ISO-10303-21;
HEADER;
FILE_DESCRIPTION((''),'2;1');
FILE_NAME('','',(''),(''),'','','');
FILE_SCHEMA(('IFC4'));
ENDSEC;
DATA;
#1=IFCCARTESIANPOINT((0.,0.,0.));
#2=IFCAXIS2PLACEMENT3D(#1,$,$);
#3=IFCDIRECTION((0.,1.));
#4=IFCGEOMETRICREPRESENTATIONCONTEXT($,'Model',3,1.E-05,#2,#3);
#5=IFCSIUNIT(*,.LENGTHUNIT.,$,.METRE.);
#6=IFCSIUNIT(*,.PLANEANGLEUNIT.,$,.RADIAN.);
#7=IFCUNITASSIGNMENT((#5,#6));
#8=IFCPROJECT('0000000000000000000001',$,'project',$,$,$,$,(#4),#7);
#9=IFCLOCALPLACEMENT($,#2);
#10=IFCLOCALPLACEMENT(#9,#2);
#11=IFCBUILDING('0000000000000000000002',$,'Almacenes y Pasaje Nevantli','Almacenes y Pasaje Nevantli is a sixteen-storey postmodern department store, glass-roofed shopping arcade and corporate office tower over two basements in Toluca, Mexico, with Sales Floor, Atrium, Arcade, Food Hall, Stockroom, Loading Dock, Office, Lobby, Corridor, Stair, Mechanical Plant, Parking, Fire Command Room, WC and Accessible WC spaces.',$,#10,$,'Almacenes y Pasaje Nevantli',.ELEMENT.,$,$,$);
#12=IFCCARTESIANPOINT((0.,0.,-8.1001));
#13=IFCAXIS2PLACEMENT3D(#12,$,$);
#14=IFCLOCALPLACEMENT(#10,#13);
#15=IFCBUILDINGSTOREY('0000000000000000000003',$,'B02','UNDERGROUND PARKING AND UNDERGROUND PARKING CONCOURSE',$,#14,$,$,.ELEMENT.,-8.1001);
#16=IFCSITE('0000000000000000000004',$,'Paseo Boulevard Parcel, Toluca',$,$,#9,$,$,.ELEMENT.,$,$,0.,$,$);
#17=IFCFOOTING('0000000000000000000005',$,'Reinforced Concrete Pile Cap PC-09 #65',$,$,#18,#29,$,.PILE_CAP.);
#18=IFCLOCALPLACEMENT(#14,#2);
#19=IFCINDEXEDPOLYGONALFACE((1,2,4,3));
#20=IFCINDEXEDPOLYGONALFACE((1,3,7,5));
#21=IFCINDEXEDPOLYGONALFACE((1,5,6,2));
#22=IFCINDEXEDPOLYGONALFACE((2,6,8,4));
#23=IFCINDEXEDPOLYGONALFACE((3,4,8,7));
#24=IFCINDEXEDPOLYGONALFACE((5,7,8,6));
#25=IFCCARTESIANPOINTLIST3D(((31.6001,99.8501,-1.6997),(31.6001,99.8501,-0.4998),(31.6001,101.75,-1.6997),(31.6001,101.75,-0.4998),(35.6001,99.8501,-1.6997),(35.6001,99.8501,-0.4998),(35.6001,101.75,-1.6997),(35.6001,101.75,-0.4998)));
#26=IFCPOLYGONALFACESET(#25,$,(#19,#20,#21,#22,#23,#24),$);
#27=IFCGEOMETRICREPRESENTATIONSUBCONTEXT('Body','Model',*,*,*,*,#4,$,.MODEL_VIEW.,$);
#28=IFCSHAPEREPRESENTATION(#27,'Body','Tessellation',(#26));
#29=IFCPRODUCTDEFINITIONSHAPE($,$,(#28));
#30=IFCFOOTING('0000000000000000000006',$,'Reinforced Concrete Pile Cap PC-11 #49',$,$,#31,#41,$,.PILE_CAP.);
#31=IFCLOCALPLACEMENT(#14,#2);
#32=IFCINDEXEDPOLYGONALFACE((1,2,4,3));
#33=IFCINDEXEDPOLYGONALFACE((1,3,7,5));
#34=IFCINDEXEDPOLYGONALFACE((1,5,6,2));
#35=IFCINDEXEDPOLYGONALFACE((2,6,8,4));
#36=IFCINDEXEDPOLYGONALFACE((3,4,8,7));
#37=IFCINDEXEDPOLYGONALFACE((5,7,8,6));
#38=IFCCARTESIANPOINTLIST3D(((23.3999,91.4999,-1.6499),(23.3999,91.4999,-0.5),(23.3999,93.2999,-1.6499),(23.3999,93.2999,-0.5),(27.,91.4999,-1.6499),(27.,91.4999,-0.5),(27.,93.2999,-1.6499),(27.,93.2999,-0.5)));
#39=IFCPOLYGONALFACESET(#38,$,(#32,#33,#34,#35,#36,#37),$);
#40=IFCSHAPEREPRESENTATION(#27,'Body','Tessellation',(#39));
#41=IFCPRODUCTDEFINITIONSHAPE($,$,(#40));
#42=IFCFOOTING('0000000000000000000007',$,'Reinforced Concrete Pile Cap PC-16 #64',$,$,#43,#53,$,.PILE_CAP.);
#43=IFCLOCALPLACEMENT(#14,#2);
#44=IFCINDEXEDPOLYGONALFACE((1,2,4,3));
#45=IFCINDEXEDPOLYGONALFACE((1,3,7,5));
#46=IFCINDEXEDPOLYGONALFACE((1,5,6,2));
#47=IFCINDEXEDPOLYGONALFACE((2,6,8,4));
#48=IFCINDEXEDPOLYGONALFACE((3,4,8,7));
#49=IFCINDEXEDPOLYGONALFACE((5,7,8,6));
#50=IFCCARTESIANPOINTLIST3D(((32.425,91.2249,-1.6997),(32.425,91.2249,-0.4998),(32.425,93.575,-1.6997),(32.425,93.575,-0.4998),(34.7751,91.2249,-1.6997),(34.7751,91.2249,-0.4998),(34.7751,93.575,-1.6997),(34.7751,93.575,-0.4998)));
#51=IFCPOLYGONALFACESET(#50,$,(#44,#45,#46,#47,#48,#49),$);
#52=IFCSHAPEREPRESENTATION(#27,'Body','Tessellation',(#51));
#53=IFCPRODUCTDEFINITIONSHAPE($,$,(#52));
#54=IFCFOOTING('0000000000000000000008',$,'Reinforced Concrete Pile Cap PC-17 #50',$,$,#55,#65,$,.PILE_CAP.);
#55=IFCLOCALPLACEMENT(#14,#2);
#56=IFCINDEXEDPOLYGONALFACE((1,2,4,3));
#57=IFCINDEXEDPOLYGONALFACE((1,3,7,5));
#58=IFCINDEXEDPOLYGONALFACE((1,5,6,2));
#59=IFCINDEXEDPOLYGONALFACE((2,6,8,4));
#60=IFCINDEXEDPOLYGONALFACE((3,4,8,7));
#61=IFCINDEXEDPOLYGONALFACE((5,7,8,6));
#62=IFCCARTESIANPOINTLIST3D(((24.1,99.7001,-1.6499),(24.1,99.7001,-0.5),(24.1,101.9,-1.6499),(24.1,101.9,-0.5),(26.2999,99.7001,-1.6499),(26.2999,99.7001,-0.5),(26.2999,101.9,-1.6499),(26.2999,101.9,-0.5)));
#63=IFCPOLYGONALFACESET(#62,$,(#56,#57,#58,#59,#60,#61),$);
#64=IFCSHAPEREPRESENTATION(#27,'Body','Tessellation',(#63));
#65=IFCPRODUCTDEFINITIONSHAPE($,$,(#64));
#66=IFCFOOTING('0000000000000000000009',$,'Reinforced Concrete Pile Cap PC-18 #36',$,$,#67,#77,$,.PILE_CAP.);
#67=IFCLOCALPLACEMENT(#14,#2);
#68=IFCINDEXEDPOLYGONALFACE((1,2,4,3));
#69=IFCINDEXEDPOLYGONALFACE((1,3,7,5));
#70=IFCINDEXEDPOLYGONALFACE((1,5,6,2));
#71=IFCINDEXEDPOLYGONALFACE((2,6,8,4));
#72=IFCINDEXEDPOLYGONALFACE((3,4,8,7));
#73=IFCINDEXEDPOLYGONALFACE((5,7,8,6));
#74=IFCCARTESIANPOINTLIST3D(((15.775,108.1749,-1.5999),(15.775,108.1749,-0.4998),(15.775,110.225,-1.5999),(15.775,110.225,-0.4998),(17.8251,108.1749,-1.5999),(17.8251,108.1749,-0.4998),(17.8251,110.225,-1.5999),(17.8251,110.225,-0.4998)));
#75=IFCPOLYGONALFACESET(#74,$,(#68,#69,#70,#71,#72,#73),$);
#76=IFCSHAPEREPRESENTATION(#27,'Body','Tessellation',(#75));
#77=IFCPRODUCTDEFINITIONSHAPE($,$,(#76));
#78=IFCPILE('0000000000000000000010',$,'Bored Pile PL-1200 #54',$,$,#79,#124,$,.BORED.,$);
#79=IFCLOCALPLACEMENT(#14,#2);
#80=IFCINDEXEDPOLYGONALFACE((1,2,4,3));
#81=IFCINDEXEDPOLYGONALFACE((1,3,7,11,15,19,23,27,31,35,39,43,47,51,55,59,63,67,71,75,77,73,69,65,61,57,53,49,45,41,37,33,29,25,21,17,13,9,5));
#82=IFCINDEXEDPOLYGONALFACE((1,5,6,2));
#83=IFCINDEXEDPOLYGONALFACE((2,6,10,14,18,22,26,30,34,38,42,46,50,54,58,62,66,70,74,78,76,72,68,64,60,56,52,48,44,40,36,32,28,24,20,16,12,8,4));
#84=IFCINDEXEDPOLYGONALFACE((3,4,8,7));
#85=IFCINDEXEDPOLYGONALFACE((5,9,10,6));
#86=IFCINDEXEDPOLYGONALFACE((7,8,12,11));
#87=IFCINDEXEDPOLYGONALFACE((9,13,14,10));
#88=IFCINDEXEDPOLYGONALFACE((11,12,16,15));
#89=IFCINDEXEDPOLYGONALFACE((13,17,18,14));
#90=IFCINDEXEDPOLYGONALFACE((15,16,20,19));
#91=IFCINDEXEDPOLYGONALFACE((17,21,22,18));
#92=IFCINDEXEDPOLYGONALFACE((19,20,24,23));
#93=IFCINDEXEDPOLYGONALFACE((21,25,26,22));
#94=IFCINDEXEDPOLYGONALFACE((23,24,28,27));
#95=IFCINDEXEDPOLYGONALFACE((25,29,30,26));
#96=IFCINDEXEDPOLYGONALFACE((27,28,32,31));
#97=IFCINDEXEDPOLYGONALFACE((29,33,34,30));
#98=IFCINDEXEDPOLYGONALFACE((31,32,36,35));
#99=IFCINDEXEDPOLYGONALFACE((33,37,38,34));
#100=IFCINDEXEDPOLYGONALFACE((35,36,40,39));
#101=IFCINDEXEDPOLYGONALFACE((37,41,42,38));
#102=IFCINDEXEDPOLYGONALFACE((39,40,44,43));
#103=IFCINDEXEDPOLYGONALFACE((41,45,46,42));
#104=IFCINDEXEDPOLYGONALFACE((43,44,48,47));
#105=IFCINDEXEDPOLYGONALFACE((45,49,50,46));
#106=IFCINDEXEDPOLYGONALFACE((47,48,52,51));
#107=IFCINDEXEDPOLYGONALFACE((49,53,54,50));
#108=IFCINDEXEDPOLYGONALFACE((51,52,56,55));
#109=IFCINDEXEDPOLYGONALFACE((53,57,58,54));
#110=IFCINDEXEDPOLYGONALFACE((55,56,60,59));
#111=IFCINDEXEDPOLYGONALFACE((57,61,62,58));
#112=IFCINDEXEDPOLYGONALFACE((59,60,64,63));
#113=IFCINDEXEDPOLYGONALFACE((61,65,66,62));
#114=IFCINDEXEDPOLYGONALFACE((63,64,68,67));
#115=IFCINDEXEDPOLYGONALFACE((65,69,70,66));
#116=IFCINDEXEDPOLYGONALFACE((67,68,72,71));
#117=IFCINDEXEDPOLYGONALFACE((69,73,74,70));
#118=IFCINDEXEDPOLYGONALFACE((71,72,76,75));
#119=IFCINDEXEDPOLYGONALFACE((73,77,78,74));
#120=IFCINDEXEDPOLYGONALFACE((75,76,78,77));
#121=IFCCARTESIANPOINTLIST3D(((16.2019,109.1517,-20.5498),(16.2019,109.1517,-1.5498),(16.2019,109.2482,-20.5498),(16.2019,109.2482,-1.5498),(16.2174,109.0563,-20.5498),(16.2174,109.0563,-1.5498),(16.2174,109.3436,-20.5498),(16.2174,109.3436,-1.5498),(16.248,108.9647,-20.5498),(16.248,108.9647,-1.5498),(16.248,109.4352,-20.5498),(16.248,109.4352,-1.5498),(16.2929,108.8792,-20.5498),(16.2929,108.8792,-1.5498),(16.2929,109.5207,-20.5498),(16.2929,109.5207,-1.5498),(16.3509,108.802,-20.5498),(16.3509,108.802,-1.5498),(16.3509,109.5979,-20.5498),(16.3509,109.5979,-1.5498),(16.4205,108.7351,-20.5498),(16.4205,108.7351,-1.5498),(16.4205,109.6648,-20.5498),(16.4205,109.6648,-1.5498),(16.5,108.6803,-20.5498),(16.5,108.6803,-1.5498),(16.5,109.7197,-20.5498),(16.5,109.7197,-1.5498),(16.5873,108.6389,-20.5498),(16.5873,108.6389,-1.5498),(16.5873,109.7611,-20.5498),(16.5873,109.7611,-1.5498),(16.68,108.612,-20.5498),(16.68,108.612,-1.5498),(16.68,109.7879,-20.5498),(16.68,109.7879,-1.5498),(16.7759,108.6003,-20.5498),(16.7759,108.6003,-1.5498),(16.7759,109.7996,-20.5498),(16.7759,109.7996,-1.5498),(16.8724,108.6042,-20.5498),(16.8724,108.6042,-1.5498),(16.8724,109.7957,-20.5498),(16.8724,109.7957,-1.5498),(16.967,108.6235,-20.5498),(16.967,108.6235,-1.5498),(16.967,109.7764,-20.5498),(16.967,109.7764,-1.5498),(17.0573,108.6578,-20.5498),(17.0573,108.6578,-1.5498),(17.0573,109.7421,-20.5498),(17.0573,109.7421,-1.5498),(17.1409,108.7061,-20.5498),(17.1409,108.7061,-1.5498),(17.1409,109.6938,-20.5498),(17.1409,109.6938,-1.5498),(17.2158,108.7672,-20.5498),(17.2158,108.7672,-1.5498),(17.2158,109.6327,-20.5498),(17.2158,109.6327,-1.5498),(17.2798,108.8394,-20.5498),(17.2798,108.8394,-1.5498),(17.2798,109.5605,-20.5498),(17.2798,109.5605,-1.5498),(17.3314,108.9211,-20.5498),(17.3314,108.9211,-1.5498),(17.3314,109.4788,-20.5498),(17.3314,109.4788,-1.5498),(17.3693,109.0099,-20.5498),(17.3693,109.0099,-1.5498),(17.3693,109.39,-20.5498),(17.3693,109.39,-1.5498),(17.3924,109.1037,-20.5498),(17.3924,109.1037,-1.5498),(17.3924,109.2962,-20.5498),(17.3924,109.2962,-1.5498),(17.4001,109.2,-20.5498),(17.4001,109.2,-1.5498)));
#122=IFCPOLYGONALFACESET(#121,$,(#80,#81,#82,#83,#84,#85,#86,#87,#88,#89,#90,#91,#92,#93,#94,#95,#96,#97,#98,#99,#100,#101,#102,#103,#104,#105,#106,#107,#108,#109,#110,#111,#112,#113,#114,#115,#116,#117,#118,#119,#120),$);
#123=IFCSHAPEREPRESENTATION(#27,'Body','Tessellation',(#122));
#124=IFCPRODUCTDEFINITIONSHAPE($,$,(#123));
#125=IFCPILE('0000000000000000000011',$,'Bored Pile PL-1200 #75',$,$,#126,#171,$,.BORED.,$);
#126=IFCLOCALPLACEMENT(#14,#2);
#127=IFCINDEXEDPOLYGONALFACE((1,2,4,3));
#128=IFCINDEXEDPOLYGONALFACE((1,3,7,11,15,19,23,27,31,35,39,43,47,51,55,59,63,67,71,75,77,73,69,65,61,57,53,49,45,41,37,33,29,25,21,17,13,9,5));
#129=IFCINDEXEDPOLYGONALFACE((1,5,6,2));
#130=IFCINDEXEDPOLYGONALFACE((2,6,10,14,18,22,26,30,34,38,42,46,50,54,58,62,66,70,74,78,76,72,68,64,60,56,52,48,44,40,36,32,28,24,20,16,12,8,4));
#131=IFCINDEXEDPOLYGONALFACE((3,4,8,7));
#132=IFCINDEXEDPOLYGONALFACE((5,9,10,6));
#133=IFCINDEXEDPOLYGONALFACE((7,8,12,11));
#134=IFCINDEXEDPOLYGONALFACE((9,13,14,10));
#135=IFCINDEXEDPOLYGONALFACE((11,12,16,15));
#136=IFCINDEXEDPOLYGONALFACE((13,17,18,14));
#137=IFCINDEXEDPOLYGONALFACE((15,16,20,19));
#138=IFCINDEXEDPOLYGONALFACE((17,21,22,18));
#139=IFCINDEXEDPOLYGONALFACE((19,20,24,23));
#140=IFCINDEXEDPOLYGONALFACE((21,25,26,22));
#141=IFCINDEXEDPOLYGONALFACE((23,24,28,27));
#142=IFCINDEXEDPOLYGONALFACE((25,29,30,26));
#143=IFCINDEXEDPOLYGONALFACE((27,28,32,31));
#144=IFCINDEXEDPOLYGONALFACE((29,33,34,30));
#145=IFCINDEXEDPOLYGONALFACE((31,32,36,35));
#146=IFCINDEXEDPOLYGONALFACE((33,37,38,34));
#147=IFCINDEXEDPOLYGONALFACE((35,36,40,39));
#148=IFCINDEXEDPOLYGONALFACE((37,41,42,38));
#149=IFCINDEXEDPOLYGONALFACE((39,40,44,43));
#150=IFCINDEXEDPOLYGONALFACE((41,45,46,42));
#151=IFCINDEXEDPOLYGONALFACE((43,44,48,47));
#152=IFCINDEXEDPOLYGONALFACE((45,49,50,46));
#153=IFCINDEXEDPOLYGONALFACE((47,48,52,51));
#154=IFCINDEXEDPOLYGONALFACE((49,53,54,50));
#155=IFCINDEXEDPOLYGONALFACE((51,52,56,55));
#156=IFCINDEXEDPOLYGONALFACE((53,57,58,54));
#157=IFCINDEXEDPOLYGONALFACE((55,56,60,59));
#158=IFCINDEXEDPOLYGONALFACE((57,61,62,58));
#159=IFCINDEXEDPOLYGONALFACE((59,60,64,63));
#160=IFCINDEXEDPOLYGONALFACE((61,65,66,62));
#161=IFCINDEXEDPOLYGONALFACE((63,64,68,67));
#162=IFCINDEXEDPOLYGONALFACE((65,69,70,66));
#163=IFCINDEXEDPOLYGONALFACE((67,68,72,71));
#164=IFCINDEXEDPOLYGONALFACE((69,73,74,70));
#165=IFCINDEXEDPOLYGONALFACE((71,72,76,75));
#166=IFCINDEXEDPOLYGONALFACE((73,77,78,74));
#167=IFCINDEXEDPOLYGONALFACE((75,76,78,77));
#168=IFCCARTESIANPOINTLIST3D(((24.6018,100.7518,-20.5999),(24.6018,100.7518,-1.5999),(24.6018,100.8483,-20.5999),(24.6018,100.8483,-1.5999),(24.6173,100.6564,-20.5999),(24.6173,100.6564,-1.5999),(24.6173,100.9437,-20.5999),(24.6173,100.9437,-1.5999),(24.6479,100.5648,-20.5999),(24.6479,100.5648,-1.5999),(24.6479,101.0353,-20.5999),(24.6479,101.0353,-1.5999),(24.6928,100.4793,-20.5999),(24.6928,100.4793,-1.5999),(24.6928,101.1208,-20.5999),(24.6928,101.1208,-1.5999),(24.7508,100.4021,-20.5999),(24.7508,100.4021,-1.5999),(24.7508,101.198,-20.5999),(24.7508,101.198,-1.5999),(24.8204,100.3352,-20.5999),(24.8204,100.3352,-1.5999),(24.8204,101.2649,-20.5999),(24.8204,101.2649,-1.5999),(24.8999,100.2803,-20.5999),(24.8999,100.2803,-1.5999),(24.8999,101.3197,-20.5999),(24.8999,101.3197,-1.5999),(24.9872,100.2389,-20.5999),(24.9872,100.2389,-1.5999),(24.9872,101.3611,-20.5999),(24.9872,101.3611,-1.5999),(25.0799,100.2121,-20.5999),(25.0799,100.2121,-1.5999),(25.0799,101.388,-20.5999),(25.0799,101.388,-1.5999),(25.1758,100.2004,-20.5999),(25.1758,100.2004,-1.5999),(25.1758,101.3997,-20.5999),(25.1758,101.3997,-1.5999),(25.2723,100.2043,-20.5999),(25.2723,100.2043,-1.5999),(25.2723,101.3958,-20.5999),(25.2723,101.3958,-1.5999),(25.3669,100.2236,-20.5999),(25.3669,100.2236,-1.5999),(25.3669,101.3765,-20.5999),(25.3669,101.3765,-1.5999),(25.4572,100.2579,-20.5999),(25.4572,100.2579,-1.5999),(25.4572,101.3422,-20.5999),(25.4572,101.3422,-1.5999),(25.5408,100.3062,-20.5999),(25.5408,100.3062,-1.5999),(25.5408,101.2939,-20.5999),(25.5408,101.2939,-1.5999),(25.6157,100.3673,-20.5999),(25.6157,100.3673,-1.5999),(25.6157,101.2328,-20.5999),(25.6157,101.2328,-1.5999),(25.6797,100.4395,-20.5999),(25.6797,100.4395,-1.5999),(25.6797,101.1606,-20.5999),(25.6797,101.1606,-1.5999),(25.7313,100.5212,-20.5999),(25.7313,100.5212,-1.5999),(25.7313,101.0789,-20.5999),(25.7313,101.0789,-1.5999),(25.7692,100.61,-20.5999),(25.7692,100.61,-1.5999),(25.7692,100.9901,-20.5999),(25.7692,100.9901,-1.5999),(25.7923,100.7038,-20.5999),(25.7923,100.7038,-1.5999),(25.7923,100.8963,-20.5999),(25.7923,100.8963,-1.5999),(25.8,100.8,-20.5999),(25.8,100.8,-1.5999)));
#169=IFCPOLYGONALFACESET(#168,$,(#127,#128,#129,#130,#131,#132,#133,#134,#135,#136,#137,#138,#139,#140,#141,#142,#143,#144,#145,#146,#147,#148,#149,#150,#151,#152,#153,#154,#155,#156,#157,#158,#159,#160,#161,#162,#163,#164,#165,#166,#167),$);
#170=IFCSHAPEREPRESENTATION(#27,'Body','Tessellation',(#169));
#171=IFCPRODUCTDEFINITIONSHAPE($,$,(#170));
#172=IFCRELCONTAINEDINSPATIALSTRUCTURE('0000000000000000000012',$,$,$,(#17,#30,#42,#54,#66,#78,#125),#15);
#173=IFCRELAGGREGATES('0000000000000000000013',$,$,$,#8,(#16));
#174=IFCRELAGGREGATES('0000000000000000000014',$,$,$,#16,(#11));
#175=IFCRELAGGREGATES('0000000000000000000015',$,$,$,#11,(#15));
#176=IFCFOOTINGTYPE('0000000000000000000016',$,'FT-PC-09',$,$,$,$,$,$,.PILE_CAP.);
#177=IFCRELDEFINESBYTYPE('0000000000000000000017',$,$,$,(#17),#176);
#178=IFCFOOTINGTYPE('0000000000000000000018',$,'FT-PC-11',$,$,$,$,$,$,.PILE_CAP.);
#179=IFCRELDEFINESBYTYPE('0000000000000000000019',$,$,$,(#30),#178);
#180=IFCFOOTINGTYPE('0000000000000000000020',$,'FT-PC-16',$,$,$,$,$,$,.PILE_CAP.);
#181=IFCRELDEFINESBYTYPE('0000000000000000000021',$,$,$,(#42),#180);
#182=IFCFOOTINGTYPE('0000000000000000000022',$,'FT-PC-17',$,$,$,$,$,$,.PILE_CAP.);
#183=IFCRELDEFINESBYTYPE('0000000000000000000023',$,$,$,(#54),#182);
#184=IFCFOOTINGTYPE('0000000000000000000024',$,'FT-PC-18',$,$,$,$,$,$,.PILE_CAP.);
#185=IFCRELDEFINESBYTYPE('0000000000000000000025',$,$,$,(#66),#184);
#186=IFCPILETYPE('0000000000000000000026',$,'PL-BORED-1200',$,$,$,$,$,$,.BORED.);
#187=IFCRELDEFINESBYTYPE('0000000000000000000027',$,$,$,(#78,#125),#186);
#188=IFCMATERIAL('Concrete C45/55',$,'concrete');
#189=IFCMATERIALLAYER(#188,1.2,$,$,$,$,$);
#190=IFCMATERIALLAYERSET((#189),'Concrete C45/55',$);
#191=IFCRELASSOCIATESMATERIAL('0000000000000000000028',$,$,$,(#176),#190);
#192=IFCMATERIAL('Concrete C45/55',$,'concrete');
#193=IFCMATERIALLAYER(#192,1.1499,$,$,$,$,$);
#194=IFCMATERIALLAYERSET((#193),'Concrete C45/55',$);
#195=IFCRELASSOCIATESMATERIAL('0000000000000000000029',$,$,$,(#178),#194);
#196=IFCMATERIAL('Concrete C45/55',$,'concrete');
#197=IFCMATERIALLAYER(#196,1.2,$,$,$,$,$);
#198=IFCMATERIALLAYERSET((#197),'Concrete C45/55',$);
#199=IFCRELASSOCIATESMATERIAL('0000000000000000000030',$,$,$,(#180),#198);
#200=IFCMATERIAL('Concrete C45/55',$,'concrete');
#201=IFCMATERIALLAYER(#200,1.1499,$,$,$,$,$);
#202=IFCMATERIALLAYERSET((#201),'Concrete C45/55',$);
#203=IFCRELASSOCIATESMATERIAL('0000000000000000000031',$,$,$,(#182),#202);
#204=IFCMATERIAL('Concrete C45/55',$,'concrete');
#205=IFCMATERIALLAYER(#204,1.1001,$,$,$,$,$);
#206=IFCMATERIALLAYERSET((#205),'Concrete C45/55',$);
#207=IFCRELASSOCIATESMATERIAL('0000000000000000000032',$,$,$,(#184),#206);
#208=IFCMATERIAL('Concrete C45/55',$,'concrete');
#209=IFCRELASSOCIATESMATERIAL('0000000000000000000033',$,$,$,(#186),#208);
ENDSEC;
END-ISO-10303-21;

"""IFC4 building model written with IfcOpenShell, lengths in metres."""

from ifc_helpers import new_model, si_unit, direction, frame, origin, origin_2d, place, context, subcontext, project, spatial, rectangle, circle, extrude, material, layer, layer_set, material_profile, profile_set, type_object, element, save


model = new_model("IFC4")

# Units and contexts
model_context = context("Model", 3, precision=1e-05, world=origin(), true_north=direction((0.0, 1.0)))
body_context = subcontext(model_context, "Body", "Model", "MODEL_VIEW")
ifc_project = project(units=[si_unit("LENGTHUNIT", "METRE"), si_unit("PLANEANGLEUNIT", "RADIAN")], contexts=[model_context])

# Site, building, storey
site_placement = place(None, origin())
site = spatial("IfcSite", under=ifc_project, at=site_placement, Name="Paseo Boulevard Parcel, Toluca", CompositionType="ELEMENT", RefElevation=0.0)
building_placement = place(site_placement, origin())
building = spatial("IfcBuilding", under=site, at=building_placement, Name="Almacenes y Pasaje Nevantli", Description="Almacenes y Pasaje Nevantli is a sixteen-storey postmodern department store, glass-roofed shopping arcade and corporate office tower over two basements in Toluca, Mexico, with Sales Floor, Atrium, Arcade, Food Hall, Stockroom, Loading Dock, Office, Lobby, Corridor, Stair, Mechanical Plant, Parking, Fire Command Room, WC and Accessible WC spaces.", LongName="Almacenes y Pasaje Nevantli", CompositionType="ELEMENT")
storey_placement = place(building_placement, frame((0.0, 0.0, -8.1001)))
storey = spatial("IfcBuildingStorey", under=building, at=storey_placement, Name="B02", Description="UNDERGROUND PARKING AND UNDERGROUND PARKING CONCOURSE", CompositionType="ELEMENT", Elevation=-8.1001)

# Footings
ifc_material_1 = material(Name="Concrete C45/55", Category="concrete")
ifc_layer_1 = layer(ifc_material_1, 1.2)
ifc_layer_set_1 = layer_set([ifc_layer_1], Name="Concrete C45/55")
footing_type_1 = type_object("IfcFootingType", Name="FT-PC-09", PredefinedType="PILE_CAP", material=ifc_layer_set_1)
footing_1_placement = place(storey_placement, frame((33.6001, 100.8, -1.6997), z_axis=(0.0, 0.0, 1.0), x_axis=(1.0, 0.0, 0.0)))
element("IfcFooting", 1, at=footing_1_placement, inside=storey, type_object=footing_type_1, Name="Reinforced Concrete Pile Cap PC-09 #65", PredefinedType="PILE_CAP", context=body_context, shape_type="SweptSolid", body=[
    extrude(rectangle(XDim=4.0, YDim=1.8999, at=origin_2d()), origin(), (0.0, 0.0, 1.0), 1.2),
])
ifc_material_2 = material(Name="Concrete C45/55", Category="concrete")
ifc_layer_2 = layer(ifc_material_2, 1.1499)
ifc_layer_set_2 = layer_set([ifc_layer_2], Name="Concrete C45/55")
footing_type_2 = type_object("IfcFootingType", Name="FT-PC-11", PredefinedType="PILE_CAP", material=ifc_layer_set_2)
footing_2_placement = place(storey_placement, frame((25.2, 92.3999, -1.6499), z_axis=(0.0, 0.0, 1.0), x_axis=(1.0, 0.0, 0.0)))
element("IfcFooting", 2, at=footing_2_placement, inside=storey, type_object=footing_type_2, Name="Reinforced Concrete Pile Cap PC-11 #49", PredefinedType="PILE_CAP", context=body_context, shape_type="SweptSolid", body=[
    extrude(rectangle(XDim=3.6001, YDim=1.8, at=origin_2d()), origin(), (0.0, 0.0, 1.0), 1.1499),
])
ifc_material_3 = material(Name="Concrete C45/55", Category="concrete")
ifc_layer_3 = layer(ifc_material_3, 1.2)
ifc_layer_set_3 = layer_set([ifc_layer_3], Name="Concrete C45/55")
footing_type_3 = type_object("IfcFootingType", Name="FT-PC-16", PredefinedType="PILE_CAP", material=ifc_layer_set_3)
footing_3_placement = place(storey_placement, frame((33.6001, 92.3999, -1.6997), z_axis=(0.0, 0.0, 1.0), x_axis=(1.0, 0.0, 0.0)))
element("IfcFooting", 3, at=footing_3_placement, inside=storey, type_object=footing_type_3, Name="Reinforced Concrete Pile Cap PC-16 #64", PredefinedType="PILE_CAP", context=body_context, shape_type="SweptSolid", body=[
    extrude(rectangle(XDim=2.3501, YDim=2.3501, at=origin_2d()), origin(), (0.0, 0.0, 1.0), 1.2),
])
ifc_material_4 = material(Name="Concrete C45/55", Category="concrete")
ifc_layer_4 = layer(ifc_material_4, 1.1499)
ifc_layer_set_4 = layer_set([ifc_layer_4], Name="Concrete C45/55")
footing_type_4 = type_object("IfcFootingType", Name="FT-PC-17", PredefinedType="PILE_CAP", material=ifc_layer_set_4)
footing_4_placement = place(storey_placement, frame((25.2, 100.8, -1.6499), z_axis=(0.0, 0.0, 1.0), x_axis=(1.0, 0.0, 0.0)))
element("IfcFooting", 4, at=footing_4_placement, inside=storey, type_object=footing_type_4, Name="Reinforced Concrete Pile Cap PC-17 #50", PredefinedType="PILE_CAP", context=body_context, shape_type="SweptSolid", body=[
    extrude(rectangle(XDim=2.2, YDim=2.2, at=origin_2d()), origin(), (0.0, 0.0, 1.0), 1.1499),
])
ifc_material_5 = material(Name="Concrete C45/55", Category="concrete")
ifc_layer_5 = layer(ifc_material_5, 1.1001)
ifc_layer_set_5 = layer_set([ifc_layer_5], Name="Concrete C45/55")
footing_type_5 = type_object("IfcFootingType", Name="FT-PC-18", PredefinedType="PILE_CAP", material=ifc_layer_set_5)
footing_5_placement = place(storey_placement, frame((16.8, 109.2, -1.5999), z_axis=(0.0, 0.0, 1.0), x_axis=(1.0, 0.0, 0.0)))
element("IfcFooting", 5, at=footing_5_placement, inside=storey, type_object=footing_type_5, Name="Reinforced Concrete Pile Cap PC-18 #36", PredefinedType="PILE_CAP", context=body_context, shape_type="SweptSolid", body=[
    extrude(rectangle(XDim=2.05, YDim=2.05, at=origin_2d()), origin(), (0.0, 0.0, 1.0), 1.1001),
])

# Piles
ifc_material_6 = material(Name="Concrete C45/55", Category="concrete")
ifc_material_profile_1 = material_profile(ifc_material_6, circle(Radius=0.6001, at=origin_2d()), Name="RC-PILE-D1200")
ifc_profile_set_1 = profile_set([ifc_material_profile_1], Name="Concrete C45/55")
pile_type_1 = type_object("IfcPileType", Name="PL-BORED-1200", PredefinedType="BORED", material=ifc_profile_set_1)
for number, where, z_axis, x_axis, name in (
    (6, (16.8, 109.2, -1.5498), (0.0, 0.0, -1.0), (1.0, 0.0, 0.0), "Bored Pile PL-1200 #54"),
    (7, (25.2, 100.8, -1.5999), (0.0, 0.0, -1.0), (1.0, 0.0, 0.0), "Bored Pile PL-1200 #75"),
):
    element("IfcPile", number, at=place(storey_placement, frame(where, z_axis=z_axis, x_axis=x_axis)), inside=storey, type_object=pile_type_1, Name=name, PredefinedType="BORED", context=body_context, shape_type="SweptSolid", body=[
        extrude(circle(Radius=0.6001, at=origin_2d()), origin(), (0.0, 0.0, 1.0), 19.0),
    ])

save(model, "model.ifc")
